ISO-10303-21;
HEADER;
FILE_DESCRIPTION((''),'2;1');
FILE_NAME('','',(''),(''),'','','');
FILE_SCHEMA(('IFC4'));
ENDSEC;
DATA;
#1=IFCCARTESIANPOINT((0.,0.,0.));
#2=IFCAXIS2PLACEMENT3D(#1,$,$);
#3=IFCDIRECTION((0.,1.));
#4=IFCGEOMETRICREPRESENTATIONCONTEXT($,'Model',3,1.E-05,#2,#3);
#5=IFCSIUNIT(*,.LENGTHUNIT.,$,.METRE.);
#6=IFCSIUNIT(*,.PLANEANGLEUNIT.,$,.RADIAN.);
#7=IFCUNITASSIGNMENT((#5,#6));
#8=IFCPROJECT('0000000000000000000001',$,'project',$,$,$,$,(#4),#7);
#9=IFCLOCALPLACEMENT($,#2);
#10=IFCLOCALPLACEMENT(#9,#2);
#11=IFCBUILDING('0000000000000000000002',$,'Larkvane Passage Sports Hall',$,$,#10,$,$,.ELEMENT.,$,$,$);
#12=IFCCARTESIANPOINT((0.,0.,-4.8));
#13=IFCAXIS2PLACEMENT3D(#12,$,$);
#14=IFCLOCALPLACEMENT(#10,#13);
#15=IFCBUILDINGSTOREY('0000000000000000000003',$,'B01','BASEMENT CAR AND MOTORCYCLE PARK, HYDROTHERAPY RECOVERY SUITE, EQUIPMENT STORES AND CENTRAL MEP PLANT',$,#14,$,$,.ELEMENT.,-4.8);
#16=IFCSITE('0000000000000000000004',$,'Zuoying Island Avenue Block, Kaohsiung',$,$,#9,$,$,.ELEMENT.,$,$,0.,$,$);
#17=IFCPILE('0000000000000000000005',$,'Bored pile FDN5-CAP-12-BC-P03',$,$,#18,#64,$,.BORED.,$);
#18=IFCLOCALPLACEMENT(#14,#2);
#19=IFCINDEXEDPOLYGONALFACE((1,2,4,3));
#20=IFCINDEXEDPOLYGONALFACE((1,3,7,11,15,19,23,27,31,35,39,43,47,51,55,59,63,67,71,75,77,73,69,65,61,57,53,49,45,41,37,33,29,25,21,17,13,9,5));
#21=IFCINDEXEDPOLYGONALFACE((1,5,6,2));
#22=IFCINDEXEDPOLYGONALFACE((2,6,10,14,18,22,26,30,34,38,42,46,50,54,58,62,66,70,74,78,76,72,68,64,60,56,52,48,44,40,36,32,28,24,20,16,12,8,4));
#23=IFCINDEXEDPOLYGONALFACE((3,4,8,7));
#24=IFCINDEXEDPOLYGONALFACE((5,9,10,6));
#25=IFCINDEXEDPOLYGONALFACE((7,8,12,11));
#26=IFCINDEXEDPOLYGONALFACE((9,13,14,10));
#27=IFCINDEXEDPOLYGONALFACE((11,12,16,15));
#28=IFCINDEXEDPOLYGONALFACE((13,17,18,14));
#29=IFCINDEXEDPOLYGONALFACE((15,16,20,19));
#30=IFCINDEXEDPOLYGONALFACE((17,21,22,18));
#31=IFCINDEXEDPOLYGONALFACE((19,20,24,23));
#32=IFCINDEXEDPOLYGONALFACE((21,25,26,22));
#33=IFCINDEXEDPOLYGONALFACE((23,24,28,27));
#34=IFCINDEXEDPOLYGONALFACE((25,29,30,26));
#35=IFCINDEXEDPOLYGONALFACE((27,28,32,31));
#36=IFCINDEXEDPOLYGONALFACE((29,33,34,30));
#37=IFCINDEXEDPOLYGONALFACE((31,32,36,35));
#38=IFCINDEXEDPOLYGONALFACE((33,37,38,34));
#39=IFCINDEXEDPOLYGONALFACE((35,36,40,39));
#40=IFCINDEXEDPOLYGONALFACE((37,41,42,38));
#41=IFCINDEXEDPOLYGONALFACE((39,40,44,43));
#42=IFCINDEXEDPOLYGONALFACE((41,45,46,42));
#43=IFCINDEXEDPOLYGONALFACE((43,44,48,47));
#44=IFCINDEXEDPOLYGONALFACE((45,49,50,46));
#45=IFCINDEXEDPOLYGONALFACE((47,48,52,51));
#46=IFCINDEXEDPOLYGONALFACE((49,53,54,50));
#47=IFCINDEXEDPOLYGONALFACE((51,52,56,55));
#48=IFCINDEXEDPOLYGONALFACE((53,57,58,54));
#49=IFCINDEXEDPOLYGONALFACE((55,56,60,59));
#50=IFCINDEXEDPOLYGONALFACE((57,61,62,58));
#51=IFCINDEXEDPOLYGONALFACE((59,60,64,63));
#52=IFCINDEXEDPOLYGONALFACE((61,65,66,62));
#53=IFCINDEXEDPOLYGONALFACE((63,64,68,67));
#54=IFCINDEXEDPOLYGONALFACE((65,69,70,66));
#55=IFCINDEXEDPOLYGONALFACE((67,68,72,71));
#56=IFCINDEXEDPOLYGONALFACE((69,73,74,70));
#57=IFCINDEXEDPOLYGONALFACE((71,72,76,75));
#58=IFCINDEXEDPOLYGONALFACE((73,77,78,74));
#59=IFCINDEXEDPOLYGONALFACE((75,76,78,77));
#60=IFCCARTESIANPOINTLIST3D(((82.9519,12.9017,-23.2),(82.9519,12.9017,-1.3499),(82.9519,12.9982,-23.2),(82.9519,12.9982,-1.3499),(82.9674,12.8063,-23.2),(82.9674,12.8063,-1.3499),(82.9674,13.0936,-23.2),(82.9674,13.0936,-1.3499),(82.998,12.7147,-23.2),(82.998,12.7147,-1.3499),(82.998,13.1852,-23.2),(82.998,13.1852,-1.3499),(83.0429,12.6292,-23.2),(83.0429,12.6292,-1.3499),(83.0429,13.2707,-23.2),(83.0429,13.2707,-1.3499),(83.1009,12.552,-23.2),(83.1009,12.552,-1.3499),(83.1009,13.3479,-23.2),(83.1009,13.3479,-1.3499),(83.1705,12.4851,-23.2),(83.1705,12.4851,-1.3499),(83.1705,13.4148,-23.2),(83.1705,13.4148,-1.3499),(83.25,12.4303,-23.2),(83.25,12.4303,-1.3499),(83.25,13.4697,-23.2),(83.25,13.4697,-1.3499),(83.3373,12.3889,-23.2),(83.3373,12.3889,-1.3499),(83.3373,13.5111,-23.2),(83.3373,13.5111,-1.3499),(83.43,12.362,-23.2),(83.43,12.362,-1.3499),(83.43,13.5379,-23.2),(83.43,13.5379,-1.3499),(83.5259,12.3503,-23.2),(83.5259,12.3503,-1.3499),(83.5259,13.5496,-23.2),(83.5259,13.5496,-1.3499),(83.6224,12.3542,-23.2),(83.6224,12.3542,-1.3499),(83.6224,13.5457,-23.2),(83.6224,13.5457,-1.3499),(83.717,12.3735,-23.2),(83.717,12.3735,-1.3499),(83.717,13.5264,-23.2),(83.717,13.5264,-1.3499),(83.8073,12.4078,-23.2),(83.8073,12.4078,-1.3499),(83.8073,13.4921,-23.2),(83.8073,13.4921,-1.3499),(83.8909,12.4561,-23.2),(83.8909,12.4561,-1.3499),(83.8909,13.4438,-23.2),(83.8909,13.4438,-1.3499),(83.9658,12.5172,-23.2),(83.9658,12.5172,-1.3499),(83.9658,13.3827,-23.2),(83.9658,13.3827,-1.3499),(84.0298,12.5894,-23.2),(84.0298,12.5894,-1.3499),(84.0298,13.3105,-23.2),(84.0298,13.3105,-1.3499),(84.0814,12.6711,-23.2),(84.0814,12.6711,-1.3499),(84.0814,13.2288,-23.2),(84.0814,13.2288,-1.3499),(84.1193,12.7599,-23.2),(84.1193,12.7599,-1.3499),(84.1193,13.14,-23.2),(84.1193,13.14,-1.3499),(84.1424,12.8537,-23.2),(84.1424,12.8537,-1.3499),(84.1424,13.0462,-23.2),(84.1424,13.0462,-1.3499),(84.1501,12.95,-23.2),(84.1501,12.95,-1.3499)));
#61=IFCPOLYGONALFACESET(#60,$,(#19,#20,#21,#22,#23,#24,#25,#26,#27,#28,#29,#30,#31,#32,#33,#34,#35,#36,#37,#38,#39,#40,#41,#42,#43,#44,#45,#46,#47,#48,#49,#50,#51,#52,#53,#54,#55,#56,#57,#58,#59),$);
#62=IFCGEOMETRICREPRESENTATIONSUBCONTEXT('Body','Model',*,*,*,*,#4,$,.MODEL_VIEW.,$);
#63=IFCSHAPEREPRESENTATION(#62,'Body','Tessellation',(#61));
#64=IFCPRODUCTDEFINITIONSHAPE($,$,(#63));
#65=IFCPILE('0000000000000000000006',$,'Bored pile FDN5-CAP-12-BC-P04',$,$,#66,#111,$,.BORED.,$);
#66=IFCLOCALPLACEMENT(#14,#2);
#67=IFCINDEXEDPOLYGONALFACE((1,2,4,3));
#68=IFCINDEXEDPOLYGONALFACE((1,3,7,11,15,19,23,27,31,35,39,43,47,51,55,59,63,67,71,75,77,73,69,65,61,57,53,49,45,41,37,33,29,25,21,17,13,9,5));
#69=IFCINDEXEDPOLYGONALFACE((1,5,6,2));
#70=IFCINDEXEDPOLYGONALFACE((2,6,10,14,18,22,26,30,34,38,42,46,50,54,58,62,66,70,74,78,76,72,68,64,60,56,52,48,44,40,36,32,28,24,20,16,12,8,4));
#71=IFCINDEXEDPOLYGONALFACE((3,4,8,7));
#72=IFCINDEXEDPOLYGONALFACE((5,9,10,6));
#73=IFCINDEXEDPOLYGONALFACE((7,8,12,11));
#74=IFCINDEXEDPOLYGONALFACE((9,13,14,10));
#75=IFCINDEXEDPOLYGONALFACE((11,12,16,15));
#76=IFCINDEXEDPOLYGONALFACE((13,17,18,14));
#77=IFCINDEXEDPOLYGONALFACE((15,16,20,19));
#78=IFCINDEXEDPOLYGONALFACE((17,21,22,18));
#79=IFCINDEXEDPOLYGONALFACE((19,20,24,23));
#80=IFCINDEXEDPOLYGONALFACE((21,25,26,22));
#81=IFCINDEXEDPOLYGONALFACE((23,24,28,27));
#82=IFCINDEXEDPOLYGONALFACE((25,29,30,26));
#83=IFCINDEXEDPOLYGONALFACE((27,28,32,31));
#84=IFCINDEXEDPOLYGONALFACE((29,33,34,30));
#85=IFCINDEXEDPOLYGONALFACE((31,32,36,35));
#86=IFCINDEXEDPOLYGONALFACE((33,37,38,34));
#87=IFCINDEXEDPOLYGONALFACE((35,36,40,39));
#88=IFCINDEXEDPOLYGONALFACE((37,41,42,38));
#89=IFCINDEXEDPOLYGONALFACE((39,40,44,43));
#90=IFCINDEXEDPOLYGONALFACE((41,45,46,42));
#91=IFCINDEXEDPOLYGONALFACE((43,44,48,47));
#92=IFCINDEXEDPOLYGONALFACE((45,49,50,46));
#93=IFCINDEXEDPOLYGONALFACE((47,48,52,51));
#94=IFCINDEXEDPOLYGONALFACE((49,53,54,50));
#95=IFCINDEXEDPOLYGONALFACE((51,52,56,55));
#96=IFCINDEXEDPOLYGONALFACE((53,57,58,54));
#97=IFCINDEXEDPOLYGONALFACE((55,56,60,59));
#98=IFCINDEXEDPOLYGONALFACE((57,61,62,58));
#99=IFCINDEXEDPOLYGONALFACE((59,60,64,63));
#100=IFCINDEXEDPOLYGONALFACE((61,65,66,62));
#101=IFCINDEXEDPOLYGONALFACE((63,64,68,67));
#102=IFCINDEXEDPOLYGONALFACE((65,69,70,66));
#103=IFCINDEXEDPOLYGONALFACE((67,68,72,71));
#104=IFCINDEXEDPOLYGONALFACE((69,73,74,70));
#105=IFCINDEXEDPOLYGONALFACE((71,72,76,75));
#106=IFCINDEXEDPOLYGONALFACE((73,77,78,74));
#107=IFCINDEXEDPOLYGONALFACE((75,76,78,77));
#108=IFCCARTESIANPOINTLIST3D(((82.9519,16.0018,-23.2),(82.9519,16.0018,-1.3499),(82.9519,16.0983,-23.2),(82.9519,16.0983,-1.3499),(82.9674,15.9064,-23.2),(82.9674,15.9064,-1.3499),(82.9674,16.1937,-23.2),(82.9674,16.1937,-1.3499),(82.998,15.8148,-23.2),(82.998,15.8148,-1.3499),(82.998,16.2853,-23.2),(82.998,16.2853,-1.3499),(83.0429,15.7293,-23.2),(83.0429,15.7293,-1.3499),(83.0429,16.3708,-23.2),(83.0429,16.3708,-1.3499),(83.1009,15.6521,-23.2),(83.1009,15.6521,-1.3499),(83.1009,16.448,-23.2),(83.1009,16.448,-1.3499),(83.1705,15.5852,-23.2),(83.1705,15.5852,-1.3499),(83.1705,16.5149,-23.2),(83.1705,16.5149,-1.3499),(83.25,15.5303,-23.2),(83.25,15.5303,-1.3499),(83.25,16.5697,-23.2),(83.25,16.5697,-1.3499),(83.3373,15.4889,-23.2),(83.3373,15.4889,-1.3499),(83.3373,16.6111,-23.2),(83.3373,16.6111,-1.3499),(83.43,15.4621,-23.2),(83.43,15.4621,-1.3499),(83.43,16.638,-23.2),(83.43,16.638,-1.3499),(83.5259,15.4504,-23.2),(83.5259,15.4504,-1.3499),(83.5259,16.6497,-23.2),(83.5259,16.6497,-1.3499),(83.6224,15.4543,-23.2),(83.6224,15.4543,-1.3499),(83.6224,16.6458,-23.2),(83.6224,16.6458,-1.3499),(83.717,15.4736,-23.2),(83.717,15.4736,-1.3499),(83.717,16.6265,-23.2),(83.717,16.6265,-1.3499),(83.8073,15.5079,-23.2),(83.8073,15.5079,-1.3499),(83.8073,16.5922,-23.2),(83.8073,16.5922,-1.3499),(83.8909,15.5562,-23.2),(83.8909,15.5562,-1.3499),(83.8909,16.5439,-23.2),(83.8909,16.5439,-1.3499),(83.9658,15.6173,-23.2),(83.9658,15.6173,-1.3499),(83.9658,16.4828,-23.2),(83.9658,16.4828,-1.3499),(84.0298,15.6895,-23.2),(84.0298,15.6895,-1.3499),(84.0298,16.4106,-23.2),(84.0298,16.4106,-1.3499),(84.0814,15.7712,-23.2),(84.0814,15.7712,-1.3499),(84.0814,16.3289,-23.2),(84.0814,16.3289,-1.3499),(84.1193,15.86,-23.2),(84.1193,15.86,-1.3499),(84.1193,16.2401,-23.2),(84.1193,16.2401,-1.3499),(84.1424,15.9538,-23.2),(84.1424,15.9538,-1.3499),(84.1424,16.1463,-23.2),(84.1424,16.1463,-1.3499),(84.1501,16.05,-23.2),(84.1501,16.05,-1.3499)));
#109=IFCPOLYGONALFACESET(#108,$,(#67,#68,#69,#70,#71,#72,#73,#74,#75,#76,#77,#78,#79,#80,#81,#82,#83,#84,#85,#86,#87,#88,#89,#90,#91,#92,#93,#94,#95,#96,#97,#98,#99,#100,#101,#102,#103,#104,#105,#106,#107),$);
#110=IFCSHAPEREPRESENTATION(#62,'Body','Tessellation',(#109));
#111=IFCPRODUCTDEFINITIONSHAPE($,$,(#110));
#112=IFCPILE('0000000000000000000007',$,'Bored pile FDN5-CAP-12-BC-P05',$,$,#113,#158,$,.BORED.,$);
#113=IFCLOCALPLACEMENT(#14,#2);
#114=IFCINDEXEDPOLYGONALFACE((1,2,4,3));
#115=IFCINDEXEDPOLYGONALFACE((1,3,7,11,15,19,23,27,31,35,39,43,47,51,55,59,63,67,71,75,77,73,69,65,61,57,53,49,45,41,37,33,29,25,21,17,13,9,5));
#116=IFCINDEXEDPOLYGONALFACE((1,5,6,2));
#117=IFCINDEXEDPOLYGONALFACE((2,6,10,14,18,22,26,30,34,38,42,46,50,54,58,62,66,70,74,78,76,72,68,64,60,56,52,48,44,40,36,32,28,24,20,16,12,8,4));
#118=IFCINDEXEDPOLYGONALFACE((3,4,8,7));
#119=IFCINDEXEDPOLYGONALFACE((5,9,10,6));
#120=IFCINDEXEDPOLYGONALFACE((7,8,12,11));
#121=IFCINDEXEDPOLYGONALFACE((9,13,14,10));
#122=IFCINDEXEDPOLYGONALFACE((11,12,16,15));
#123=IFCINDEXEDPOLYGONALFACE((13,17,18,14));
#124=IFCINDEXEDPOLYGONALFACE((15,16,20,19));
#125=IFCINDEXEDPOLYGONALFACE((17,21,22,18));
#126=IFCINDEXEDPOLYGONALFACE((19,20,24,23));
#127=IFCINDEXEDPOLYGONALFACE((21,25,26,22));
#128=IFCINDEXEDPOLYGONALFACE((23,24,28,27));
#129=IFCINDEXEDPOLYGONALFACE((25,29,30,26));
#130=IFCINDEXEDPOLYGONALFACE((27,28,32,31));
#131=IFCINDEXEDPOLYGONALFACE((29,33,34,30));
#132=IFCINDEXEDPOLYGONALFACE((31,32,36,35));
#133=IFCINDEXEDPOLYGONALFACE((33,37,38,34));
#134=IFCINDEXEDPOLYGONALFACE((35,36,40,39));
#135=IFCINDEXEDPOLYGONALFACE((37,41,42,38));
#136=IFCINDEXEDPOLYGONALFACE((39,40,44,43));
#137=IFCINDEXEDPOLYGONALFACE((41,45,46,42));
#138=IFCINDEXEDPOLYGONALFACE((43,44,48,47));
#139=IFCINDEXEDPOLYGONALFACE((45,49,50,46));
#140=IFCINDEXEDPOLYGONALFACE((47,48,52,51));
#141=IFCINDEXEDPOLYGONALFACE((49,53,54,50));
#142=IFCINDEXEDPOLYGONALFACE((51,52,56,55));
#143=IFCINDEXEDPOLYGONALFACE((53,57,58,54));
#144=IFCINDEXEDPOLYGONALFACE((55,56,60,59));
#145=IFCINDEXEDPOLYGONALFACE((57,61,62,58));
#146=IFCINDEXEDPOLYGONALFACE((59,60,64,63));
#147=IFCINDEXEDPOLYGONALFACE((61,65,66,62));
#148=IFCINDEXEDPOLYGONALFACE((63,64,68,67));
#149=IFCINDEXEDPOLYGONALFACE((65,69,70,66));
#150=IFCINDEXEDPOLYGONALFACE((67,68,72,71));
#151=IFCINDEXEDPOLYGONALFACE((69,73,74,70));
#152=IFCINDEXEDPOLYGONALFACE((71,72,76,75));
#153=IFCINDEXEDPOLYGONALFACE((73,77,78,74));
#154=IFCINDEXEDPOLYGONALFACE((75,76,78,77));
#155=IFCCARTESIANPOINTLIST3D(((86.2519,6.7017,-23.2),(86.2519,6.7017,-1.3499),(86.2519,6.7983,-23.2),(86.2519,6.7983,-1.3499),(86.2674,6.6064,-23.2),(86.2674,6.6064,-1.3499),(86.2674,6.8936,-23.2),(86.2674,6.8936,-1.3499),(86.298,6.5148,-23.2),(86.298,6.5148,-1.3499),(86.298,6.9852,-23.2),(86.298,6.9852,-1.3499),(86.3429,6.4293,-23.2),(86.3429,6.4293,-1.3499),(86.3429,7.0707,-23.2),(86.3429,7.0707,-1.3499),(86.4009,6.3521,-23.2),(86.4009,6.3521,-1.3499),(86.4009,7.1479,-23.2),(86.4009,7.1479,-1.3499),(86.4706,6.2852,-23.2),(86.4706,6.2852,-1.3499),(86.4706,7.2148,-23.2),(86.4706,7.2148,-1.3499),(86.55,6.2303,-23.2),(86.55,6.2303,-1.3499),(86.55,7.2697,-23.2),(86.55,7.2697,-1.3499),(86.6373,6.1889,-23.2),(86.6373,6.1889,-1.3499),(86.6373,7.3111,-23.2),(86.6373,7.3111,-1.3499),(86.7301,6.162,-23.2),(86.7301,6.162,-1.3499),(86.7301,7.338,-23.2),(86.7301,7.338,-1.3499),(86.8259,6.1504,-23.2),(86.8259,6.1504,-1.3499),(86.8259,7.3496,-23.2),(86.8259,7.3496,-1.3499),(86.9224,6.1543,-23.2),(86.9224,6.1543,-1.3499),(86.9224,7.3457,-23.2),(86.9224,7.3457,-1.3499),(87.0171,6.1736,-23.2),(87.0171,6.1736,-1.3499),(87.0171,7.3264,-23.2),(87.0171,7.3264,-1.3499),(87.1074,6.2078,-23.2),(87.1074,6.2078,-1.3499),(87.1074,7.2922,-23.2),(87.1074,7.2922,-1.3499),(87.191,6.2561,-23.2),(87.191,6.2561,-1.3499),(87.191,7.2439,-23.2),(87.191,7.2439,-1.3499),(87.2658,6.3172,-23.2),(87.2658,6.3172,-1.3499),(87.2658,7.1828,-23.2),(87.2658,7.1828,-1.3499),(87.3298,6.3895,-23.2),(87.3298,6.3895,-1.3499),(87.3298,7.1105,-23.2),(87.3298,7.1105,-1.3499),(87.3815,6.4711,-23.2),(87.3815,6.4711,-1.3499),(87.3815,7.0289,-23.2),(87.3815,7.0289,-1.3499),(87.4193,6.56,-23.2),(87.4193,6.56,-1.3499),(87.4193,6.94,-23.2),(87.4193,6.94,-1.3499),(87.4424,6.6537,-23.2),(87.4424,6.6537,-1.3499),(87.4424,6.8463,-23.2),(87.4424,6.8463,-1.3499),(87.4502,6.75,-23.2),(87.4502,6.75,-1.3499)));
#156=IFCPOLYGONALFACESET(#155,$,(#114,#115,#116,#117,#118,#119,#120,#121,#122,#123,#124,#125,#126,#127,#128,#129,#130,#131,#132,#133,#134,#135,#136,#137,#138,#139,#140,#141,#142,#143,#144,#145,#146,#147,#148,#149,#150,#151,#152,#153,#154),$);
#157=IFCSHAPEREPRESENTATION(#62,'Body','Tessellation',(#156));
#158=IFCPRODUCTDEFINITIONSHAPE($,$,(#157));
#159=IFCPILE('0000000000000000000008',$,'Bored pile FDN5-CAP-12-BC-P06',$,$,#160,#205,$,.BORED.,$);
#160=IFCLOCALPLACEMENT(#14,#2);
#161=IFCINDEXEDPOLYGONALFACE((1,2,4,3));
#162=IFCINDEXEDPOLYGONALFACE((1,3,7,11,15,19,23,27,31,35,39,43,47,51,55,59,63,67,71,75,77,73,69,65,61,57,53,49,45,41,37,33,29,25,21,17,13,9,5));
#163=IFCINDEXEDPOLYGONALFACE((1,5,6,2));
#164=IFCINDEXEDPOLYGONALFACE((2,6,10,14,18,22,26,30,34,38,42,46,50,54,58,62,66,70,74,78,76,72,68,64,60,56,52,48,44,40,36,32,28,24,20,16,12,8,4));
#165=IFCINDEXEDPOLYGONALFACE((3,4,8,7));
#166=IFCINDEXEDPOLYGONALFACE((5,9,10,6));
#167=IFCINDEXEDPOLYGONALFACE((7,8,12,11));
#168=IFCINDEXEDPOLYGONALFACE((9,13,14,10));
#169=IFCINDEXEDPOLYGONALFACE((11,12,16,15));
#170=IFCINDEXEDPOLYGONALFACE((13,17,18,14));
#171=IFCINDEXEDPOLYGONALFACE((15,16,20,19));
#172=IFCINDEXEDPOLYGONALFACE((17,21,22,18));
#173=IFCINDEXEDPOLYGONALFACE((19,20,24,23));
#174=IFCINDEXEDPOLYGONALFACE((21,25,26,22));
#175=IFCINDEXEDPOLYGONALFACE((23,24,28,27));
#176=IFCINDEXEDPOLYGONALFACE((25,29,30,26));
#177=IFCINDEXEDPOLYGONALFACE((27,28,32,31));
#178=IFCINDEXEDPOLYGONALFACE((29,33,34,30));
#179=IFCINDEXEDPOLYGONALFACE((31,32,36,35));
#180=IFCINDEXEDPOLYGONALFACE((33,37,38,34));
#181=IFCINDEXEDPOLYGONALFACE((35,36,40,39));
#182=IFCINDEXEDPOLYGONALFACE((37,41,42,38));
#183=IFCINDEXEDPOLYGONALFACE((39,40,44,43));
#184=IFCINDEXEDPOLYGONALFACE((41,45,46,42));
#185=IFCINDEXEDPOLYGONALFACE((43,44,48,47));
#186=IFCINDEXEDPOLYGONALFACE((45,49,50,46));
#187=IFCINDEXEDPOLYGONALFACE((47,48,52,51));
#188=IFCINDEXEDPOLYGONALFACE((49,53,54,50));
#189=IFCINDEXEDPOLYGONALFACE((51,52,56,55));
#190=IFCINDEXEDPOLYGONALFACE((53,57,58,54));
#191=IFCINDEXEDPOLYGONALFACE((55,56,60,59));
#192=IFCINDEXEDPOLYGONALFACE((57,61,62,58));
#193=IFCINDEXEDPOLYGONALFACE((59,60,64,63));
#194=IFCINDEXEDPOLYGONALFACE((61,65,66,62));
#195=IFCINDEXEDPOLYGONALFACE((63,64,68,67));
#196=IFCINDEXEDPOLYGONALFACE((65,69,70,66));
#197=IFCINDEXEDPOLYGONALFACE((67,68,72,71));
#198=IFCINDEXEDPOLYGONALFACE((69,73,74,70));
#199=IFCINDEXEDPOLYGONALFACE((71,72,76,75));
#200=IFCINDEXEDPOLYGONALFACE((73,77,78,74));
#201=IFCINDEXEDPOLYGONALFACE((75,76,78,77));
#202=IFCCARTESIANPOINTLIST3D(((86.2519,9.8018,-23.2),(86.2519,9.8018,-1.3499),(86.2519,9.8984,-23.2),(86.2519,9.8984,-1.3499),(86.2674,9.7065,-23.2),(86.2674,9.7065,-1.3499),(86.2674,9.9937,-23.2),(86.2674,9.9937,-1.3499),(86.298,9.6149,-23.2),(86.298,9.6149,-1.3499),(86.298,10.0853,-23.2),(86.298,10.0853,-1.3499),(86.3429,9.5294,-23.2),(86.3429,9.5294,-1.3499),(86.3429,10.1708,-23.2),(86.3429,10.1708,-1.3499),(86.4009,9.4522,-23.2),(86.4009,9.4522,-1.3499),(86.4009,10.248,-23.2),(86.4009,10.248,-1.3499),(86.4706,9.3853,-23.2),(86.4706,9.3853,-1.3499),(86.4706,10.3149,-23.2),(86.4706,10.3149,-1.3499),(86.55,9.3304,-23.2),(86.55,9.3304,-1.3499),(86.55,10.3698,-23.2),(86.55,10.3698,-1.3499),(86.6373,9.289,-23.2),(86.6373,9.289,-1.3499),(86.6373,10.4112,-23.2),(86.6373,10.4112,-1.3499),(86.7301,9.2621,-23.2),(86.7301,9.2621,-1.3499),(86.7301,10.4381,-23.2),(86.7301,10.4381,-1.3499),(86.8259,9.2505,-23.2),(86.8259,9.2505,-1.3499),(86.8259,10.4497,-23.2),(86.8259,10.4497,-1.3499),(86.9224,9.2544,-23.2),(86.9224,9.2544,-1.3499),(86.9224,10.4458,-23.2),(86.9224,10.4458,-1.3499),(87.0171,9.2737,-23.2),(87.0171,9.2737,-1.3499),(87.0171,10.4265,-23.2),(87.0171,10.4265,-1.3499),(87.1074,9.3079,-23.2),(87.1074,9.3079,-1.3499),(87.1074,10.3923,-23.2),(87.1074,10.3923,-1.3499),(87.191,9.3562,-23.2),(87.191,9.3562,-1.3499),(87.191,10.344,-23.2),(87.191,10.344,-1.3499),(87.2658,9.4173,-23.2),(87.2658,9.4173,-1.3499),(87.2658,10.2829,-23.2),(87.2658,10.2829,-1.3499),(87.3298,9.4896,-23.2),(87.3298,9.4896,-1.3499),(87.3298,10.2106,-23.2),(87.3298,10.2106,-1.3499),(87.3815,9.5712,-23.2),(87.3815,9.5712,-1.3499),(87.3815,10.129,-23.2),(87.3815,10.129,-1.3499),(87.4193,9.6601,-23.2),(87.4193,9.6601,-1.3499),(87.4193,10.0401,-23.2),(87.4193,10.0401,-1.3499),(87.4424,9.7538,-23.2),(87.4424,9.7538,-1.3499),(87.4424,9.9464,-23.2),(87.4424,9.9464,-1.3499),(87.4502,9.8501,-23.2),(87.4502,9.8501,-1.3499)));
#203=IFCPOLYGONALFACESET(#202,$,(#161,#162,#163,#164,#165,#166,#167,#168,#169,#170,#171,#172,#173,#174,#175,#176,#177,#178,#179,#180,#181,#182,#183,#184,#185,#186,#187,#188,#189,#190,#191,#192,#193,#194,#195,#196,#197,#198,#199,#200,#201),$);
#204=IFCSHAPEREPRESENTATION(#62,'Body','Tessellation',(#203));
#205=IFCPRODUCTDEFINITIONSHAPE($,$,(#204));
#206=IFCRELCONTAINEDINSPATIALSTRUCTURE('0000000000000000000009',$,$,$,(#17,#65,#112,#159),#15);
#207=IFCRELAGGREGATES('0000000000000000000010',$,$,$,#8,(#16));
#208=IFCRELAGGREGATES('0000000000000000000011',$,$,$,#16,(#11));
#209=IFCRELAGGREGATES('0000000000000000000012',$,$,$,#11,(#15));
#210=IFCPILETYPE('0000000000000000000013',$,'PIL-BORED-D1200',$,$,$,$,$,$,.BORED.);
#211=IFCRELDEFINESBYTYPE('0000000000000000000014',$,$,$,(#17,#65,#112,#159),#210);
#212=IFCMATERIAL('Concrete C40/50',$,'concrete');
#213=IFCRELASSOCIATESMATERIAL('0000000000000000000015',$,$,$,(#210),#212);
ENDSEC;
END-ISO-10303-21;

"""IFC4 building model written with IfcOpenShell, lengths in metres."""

from ifc_helpers import new_model, si_unit, direction, frame, origin, origin_2d, place, context, subcontext, project, spatial, circle, extrude, material, material_profile, profile_set, type_object, element, save


model = new_model("IFC4")

# Units and contexts
model_context = context("Model", 3, precision=1e-05, world=origin(), true_north=direction((0.0, 1.0)))
body_context = subcontext(model_context, "Body", "Model", "MODEL_VIEW")
ifc_project = project(units=[si_unit("LENGTHUNIT", "METRE"), si_unit("PLANEANGLEUNIT", "RADIAN")], contexts=[model_context])

# Site, building, storey
site_placement = place(None, origin())
site = spatial("IfcSite", under=ifc_project, at=site_placement, Name="Zuoying Island Avenue Block, Kaohsiung", CompositionType="ELEMENT", RefElevation=0.0)
building_placement = place(site_placement, origin())
building = spatial("IfcBuilding", under=site, at=building_placement, Name="Larkvane Passage Sports Hall", CompositionType="ELEMENT")
storey_placement = place(building_placement, frame((0.0, 0.0, -4.8)))
storey = spatial("IfcBuildingStorey", under=building, at=storey_placement, Name="B01", Description="BASEMENT CAR AND MOTORCYCLE PARK, HYDROTHERAPY RECOVERY SUITE, EQUIPMENT STORES AND CENTRAL MEP PLANT", CompositionType="ELEMENT", Elevation=-4.8)

# Shared definitions
ifc_material_1 = material(Name="Concrete C40/50", Category="concrete")

# Piles
ifc_material_profile_1 = material_profile(ifc_material_1, circle(Radius=0.6001, at=origin_2d()), Name="PILE-D1200")
ifc_profile_set_1 = profile_set([ifc_material_profile_1], Name="Concrete C40/50")
pile_type = type_object("IfcPileType", Name="PIL-BORED-D1200", PredefinedType="BORED", material=ifc_profile_set_1)
for number, where, z_axis, x_axis, name in (
    (1, (83.55, 12.95, -1.3499), (0.0, 0.0, -1.0), (1.0, 0.0, 0.0), "Bored pile FDN5-CAP-12-BC-P03"),
    (2, (83.55, 16.05, -1.3499), (0.0, 0.0, -1.0), (1.0, 0.0, 0.0), "Bored pile FDN5-CAP-12-BC-P04"),
    (3, (86.8501, 6.75, -1.3499), (0.0, 0.0, -1.0), (1.0, 0.0, 0.0), "Bored pile FDN5-CAP-12-BC-P05"),
    (4, (86.8501, 9.8501, -1.3499), (0.0, 0.0, -1.0), (1.0, 0.0, 0.0), "Bored pile FDN5-CAP-12-BC-P06"),
):
    element("IfcPile", number, at=place(storey_placement, frame(where, z_axis=z_axis, x_axis=x_axis)), inside=storey, type_object=pile_type, Name=name, PredefinedType="BORED", context=body_context, shape_type="SweptSolid", body=[
        extrude(circle(Radius=0.6001, at=origin_2d()), origin(), (0.0, 0.0, 1.0), 21.8501),
    ])

save(model, "model.ifc")
